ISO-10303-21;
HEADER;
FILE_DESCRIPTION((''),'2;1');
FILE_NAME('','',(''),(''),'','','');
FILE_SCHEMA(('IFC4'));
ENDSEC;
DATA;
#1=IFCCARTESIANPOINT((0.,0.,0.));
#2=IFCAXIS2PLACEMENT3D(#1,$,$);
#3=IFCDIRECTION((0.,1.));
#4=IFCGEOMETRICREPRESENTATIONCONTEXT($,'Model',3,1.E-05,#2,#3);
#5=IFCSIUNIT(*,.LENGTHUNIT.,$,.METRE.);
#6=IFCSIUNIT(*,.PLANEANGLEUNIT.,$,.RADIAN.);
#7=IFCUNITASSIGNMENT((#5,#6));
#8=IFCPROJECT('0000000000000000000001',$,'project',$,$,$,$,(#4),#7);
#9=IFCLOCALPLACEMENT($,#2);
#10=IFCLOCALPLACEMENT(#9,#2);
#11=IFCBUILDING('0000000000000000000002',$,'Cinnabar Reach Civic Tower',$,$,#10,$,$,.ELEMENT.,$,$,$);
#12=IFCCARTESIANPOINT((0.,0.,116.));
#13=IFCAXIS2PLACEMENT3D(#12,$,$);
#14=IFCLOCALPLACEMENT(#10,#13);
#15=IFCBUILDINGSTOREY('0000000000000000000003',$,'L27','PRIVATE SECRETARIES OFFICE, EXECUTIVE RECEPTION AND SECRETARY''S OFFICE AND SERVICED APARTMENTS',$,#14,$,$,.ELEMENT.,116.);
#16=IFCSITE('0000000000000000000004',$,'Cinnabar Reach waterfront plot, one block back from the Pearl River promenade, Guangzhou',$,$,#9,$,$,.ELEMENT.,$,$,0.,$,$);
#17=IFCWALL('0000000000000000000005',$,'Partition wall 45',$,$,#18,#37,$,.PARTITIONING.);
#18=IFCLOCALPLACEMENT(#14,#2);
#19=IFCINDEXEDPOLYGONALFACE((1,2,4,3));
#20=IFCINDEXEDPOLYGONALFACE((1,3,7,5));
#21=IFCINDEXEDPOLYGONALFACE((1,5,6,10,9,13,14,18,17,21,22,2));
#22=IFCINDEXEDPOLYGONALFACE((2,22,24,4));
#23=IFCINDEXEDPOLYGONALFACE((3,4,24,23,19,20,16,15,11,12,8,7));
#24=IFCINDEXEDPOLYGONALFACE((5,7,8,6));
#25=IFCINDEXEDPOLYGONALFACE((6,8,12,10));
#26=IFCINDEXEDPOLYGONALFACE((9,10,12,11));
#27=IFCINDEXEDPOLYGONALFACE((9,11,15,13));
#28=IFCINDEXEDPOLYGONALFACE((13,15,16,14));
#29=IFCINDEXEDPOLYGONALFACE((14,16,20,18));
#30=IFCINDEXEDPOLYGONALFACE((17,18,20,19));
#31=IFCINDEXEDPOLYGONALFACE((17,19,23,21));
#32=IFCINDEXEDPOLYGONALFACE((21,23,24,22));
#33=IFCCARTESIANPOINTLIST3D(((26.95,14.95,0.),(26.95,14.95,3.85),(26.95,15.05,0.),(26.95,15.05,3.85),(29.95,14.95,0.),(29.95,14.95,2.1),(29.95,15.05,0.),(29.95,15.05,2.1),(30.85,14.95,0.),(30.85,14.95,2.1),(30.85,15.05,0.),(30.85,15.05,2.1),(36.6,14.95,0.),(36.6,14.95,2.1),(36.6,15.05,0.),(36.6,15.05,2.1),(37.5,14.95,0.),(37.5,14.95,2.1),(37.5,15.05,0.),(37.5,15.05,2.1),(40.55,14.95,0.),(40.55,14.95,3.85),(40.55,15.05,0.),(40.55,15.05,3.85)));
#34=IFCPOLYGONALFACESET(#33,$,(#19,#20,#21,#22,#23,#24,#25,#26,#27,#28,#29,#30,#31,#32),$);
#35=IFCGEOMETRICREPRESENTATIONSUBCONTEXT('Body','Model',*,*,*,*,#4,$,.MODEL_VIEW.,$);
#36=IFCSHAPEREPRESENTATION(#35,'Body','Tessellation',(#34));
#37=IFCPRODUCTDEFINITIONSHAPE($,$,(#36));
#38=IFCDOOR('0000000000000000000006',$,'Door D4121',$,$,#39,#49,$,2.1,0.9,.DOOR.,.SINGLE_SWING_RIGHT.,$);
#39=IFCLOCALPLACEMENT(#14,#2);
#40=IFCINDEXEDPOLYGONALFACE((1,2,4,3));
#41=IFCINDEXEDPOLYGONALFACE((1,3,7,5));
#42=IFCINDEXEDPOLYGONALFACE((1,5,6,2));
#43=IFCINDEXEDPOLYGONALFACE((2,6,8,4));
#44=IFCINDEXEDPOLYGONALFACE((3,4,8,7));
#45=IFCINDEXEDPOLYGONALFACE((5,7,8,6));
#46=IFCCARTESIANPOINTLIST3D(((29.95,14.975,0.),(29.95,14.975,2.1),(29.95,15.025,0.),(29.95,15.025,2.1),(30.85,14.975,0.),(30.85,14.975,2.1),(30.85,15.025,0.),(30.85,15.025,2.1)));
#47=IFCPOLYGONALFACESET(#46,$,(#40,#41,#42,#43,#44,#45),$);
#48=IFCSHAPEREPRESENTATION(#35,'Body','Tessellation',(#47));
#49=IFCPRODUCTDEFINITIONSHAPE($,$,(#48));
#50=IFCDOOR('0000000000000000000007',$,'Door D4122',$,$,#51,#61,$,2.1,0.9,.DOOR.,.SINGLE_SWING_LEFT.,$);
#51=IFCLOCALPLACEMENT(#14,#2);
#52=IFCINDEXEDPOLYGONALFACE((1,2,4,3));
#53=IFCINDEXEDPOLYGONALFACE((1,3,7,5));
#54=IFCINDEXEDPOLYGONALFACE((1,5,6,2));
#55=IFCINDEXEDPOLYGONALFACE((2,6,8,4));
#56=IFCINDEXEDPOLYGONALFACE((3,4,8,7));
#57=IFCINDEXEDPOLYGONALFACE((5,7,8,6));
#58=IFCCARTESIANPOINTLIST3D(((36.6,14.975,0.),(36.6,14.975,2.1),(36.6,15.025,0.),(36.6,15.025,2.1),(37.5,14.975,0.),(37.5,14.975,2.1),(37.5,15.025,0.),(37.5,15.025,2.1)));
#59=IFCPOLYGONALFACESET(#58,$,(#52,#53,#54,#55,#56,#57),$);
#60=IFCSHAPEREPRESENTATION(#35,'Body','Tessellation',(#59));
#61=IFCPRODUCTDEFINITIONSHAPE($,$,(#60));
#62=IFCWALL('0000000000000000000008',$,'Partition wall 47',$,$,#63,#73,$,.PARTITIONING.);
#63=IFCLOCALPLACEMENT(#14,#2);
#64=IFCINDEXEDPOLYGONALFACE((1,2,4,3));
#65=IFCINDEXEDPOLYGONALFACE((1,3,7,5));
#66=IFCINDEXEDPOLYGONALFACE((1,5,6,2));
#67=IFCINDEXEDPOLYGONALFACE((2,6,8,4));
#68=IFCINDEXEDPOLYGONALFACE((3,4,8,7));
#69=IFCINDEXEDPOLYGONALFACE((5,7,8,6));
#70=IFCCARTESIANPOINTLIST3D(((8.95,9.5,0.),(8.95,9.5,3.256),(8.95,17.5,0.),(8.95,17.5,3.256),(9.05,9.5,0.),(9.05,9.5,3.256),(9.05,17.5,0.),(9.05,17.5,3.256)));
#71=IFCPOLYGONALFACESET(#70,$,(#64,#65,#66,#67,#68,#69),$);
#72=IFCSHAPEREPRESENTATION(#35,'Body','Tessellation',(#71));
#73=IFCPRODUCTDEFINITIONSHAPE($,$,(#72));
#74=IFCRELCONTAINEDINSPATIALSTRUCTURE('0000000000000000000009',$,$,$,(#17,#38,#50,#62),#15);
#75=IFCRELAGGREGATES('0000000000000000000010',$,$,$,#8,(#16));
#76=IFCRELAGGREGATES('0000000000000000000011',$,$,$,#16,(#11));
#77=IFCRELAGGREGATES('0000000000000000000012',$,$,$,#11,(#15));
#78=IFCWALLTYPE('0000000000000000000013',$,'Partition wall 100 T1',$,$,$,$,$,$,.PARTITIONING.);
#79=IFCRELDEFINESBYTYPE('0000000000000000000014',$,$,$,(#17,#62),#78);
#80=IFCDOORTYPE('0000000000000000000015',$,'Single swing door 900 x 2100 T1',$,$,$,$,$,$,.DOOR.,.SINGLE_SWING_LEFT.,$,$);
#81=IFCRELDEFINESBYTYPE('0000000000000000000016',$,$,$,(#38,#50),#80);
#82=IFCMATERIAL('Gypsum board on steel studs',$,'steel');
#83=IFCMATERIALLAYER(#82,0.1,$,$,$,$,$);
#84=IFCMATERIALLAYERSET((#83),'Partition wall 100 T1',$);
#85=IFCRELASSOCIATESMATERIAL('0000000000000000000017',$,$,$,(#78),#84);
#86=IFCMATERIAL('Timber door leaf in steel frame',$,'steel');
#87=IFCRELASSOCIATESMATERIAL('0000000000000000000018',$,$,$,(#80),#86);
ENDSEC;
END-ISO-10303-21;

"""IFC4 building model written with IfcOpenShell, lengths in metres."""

from ifc_helpers import new_model, si_unit, direction, frame, frame_2d, origin, place, context, subcontext, project, spatial, rectangle, extrude, material, layer, layer_set, type_object, element, fill, save


model = new_model("IFC4")

# Units and contexts
model_context = context("Model", 3, precision=1e-05, world=origin(), true_north=direction((0.0, 1.0)))
body_context = subcontext(model_context, "Body", "Model", "MODEL_VIEW")
ifc_project = project(units=[si_unit("LENGTHUNIT", "METRE"), si_unit("PLANEANGLEUNIT", "RADIAN")], contexts=[model_context])

# Site, building, storey
site_placement = place(None, origin())
site = spatial("IfcSite", under=ifc_project, at=site_placement, Name="Cinnabar Reach waterfront plot, one block back from the Pearl River promenade, Guangzhou", CompositionType="ELEMENT", RefElevation=0.0)
building_placement = place(site_placement, origin())
building = spatial("IfcBuilding", under=site, at=building_placement, Name="Cinnabar Reach Civic Tower", CompositionType="ELEMENT")
storey_placement = place(building_placement, frame((0.0, 0.0, 116.0)))
storey = spatial("IfcBuildingStorey", under=building, at=storey_placement, Name="L27", Description="PRIVATE SECRETARIES OFFICE, EXECUTIVE RECEPTION AND SECRETARY'S OFFICE AND SERVICED APARTMENTS", CompositionType="ELEMENT", Elevation=116.0)

# Wall, openings, doors
ifc_material_1 = material(Name="Gypsum board on steel studs", Category="steel")
ifc_layer = layer(ifc_material_1, 0.1)
ifc_layer_set = layer_set([ifc_layer], Name="Partition wall 100 T1")
wall_type = type_object("IfcWallType", Name="Partition wall 100 T1", PredefinedType="PARTITIONING", material=ifc_layer_set)
wall_1_placement = place(storey_placement, frame((26.95, 15.0, 0.0), z_axis=(0.0, 0.0, 1.0), x_axis=(1.0, 0.0, 0.0)))
wall_1 = element("IfcWall", 1, at=wall_1_placement, inside=storey, type_object=wall_type, Name="Partition wall 45", PredefinedType="PARTITIONING", context=body_context, shape_type="SweptSolid", body=[
    extrude(rectangle(XDim=13.6, YDim=0.1, at=frame_2d((6.8, 0.0))), origin(), (0.0, 0.0, 1.0), 3.85),
])
opening_1_placement = place(wall_1_placement, frame((3.0, 0.0, 0.0)))
opening_1 = element("IfcOpeningElement", 2, at=opening_1_placement, cuts=wall_1, PredefinedType="OPENING", context=body_context, shape_type="SweptSolid", body=[
    extrude(rectangle(XDim=0.9, YDim=2.1, at=frame_2d((0.45, 1.05))), frame((0.0, 0.06, 0.0), z_axis=(0.0, -1.0, 0.0), x_axis=(1.0, 0.0, 0.0)), (0.0, 0.0, 1.0), 0.12),
])
opening_2_placement = place(wall_1_placement, frame((9.65, 0.0, 0.0)))
opening_2 = element("IfcOpeningElement", 3, at=opening_2_placement, cuts=wall_1, PredefinedType="OPENING", context=body_context, shape_type="SweptSolid", body=[
    extrude(rectangle(XDim=0.9, YDim=2.1, at=frame_2d((0.45, 1.05))), frame((0.0, 0.06, 0.0), z_axis=(0.0, -1.0, 0.0), x_axis=(1.0, 0.0, 0.0)), (0.0, 0.0, 1.0), 0.12),
])
ifc_material_2 = material(Name="Timber door leaf in steel frame", Category="steel")
door_type = type_object("IfcDoorType", Name="Single swing door 900 x 2100 T1", OperationType="SINGLE_SWING_LEFT", PredefinedType="DOOR", material=ifc_material_2)
door_1_placement = place(opening_1_placement, origin())
door_1 = element("IfcDoor", 4, at=door_1_placement, inside=storey, type_object=door_type, Name="Door D4121", OperationType="SINGLE_SWING_RIGHT", OverallHeight=2.1, OverallWidth=0.9, PredefinedType="DOOR", context=body_context, shape_type="SweptSolid", body=[
    extrude(rectangle(XDim=0.9, YDim=2.1, at=frame_2d((0.45, 1.05))), frame((0.0, 0.025, 0.0), z_axis=(0.0, -1.0, 0.0), x_axis=(1.0, 0.0, 0.0)), (0.0, 0.0, 1.0), 0.05),
])
fill(opening_1, door_1)
door_2_placement = place(opening_2_placement, origin())
door_2 = element("IfcDoor", 5, at=door_2_placement, inside=storey, type_object=door_type, Name="Door D4122", OperationType="SINGLE_SWING_LEFT", OverallHeight=2.1, OverallWidth=0.9, PredefinedType="DOOR", context=body_context, shape_type="SweptSolid", body=[
    extrude(rectangle(XDim=0.9, YDim=2.1, at=frame_2d((0.45, 1.05))), frame((0.0, 0.025, 0.0), z_axis=(0.0, -1.0, 0.0), x_axis=(1.0, 0.0, 0.0)), (0.0, 0.0, 1.0), 0.05),
])
fill(opening_2, door_2)

# Wall
wall_2_placement = place(storey_placement, frame((9.0, 9.5, 0.0), z_axis=(0.0, 0.0, 1.0), x_axis=(0.0, 1.0, 0.0)))
element("IfcWall", 6, at=wall_2_placement, inside=storey, type_object=wall_type, Name="Partition wall 47", PredefinedType="PARTITIONING", context=body_context, shape_type="SweptSolid", body=[
    extrude(rectangle(XDim=8.0, YDim=0.1, at=frame_2d((4.0, 0.0))), origin(), (0.0, 0.0, 1.0), 3.256),
])

save(model, "model.ifc")
